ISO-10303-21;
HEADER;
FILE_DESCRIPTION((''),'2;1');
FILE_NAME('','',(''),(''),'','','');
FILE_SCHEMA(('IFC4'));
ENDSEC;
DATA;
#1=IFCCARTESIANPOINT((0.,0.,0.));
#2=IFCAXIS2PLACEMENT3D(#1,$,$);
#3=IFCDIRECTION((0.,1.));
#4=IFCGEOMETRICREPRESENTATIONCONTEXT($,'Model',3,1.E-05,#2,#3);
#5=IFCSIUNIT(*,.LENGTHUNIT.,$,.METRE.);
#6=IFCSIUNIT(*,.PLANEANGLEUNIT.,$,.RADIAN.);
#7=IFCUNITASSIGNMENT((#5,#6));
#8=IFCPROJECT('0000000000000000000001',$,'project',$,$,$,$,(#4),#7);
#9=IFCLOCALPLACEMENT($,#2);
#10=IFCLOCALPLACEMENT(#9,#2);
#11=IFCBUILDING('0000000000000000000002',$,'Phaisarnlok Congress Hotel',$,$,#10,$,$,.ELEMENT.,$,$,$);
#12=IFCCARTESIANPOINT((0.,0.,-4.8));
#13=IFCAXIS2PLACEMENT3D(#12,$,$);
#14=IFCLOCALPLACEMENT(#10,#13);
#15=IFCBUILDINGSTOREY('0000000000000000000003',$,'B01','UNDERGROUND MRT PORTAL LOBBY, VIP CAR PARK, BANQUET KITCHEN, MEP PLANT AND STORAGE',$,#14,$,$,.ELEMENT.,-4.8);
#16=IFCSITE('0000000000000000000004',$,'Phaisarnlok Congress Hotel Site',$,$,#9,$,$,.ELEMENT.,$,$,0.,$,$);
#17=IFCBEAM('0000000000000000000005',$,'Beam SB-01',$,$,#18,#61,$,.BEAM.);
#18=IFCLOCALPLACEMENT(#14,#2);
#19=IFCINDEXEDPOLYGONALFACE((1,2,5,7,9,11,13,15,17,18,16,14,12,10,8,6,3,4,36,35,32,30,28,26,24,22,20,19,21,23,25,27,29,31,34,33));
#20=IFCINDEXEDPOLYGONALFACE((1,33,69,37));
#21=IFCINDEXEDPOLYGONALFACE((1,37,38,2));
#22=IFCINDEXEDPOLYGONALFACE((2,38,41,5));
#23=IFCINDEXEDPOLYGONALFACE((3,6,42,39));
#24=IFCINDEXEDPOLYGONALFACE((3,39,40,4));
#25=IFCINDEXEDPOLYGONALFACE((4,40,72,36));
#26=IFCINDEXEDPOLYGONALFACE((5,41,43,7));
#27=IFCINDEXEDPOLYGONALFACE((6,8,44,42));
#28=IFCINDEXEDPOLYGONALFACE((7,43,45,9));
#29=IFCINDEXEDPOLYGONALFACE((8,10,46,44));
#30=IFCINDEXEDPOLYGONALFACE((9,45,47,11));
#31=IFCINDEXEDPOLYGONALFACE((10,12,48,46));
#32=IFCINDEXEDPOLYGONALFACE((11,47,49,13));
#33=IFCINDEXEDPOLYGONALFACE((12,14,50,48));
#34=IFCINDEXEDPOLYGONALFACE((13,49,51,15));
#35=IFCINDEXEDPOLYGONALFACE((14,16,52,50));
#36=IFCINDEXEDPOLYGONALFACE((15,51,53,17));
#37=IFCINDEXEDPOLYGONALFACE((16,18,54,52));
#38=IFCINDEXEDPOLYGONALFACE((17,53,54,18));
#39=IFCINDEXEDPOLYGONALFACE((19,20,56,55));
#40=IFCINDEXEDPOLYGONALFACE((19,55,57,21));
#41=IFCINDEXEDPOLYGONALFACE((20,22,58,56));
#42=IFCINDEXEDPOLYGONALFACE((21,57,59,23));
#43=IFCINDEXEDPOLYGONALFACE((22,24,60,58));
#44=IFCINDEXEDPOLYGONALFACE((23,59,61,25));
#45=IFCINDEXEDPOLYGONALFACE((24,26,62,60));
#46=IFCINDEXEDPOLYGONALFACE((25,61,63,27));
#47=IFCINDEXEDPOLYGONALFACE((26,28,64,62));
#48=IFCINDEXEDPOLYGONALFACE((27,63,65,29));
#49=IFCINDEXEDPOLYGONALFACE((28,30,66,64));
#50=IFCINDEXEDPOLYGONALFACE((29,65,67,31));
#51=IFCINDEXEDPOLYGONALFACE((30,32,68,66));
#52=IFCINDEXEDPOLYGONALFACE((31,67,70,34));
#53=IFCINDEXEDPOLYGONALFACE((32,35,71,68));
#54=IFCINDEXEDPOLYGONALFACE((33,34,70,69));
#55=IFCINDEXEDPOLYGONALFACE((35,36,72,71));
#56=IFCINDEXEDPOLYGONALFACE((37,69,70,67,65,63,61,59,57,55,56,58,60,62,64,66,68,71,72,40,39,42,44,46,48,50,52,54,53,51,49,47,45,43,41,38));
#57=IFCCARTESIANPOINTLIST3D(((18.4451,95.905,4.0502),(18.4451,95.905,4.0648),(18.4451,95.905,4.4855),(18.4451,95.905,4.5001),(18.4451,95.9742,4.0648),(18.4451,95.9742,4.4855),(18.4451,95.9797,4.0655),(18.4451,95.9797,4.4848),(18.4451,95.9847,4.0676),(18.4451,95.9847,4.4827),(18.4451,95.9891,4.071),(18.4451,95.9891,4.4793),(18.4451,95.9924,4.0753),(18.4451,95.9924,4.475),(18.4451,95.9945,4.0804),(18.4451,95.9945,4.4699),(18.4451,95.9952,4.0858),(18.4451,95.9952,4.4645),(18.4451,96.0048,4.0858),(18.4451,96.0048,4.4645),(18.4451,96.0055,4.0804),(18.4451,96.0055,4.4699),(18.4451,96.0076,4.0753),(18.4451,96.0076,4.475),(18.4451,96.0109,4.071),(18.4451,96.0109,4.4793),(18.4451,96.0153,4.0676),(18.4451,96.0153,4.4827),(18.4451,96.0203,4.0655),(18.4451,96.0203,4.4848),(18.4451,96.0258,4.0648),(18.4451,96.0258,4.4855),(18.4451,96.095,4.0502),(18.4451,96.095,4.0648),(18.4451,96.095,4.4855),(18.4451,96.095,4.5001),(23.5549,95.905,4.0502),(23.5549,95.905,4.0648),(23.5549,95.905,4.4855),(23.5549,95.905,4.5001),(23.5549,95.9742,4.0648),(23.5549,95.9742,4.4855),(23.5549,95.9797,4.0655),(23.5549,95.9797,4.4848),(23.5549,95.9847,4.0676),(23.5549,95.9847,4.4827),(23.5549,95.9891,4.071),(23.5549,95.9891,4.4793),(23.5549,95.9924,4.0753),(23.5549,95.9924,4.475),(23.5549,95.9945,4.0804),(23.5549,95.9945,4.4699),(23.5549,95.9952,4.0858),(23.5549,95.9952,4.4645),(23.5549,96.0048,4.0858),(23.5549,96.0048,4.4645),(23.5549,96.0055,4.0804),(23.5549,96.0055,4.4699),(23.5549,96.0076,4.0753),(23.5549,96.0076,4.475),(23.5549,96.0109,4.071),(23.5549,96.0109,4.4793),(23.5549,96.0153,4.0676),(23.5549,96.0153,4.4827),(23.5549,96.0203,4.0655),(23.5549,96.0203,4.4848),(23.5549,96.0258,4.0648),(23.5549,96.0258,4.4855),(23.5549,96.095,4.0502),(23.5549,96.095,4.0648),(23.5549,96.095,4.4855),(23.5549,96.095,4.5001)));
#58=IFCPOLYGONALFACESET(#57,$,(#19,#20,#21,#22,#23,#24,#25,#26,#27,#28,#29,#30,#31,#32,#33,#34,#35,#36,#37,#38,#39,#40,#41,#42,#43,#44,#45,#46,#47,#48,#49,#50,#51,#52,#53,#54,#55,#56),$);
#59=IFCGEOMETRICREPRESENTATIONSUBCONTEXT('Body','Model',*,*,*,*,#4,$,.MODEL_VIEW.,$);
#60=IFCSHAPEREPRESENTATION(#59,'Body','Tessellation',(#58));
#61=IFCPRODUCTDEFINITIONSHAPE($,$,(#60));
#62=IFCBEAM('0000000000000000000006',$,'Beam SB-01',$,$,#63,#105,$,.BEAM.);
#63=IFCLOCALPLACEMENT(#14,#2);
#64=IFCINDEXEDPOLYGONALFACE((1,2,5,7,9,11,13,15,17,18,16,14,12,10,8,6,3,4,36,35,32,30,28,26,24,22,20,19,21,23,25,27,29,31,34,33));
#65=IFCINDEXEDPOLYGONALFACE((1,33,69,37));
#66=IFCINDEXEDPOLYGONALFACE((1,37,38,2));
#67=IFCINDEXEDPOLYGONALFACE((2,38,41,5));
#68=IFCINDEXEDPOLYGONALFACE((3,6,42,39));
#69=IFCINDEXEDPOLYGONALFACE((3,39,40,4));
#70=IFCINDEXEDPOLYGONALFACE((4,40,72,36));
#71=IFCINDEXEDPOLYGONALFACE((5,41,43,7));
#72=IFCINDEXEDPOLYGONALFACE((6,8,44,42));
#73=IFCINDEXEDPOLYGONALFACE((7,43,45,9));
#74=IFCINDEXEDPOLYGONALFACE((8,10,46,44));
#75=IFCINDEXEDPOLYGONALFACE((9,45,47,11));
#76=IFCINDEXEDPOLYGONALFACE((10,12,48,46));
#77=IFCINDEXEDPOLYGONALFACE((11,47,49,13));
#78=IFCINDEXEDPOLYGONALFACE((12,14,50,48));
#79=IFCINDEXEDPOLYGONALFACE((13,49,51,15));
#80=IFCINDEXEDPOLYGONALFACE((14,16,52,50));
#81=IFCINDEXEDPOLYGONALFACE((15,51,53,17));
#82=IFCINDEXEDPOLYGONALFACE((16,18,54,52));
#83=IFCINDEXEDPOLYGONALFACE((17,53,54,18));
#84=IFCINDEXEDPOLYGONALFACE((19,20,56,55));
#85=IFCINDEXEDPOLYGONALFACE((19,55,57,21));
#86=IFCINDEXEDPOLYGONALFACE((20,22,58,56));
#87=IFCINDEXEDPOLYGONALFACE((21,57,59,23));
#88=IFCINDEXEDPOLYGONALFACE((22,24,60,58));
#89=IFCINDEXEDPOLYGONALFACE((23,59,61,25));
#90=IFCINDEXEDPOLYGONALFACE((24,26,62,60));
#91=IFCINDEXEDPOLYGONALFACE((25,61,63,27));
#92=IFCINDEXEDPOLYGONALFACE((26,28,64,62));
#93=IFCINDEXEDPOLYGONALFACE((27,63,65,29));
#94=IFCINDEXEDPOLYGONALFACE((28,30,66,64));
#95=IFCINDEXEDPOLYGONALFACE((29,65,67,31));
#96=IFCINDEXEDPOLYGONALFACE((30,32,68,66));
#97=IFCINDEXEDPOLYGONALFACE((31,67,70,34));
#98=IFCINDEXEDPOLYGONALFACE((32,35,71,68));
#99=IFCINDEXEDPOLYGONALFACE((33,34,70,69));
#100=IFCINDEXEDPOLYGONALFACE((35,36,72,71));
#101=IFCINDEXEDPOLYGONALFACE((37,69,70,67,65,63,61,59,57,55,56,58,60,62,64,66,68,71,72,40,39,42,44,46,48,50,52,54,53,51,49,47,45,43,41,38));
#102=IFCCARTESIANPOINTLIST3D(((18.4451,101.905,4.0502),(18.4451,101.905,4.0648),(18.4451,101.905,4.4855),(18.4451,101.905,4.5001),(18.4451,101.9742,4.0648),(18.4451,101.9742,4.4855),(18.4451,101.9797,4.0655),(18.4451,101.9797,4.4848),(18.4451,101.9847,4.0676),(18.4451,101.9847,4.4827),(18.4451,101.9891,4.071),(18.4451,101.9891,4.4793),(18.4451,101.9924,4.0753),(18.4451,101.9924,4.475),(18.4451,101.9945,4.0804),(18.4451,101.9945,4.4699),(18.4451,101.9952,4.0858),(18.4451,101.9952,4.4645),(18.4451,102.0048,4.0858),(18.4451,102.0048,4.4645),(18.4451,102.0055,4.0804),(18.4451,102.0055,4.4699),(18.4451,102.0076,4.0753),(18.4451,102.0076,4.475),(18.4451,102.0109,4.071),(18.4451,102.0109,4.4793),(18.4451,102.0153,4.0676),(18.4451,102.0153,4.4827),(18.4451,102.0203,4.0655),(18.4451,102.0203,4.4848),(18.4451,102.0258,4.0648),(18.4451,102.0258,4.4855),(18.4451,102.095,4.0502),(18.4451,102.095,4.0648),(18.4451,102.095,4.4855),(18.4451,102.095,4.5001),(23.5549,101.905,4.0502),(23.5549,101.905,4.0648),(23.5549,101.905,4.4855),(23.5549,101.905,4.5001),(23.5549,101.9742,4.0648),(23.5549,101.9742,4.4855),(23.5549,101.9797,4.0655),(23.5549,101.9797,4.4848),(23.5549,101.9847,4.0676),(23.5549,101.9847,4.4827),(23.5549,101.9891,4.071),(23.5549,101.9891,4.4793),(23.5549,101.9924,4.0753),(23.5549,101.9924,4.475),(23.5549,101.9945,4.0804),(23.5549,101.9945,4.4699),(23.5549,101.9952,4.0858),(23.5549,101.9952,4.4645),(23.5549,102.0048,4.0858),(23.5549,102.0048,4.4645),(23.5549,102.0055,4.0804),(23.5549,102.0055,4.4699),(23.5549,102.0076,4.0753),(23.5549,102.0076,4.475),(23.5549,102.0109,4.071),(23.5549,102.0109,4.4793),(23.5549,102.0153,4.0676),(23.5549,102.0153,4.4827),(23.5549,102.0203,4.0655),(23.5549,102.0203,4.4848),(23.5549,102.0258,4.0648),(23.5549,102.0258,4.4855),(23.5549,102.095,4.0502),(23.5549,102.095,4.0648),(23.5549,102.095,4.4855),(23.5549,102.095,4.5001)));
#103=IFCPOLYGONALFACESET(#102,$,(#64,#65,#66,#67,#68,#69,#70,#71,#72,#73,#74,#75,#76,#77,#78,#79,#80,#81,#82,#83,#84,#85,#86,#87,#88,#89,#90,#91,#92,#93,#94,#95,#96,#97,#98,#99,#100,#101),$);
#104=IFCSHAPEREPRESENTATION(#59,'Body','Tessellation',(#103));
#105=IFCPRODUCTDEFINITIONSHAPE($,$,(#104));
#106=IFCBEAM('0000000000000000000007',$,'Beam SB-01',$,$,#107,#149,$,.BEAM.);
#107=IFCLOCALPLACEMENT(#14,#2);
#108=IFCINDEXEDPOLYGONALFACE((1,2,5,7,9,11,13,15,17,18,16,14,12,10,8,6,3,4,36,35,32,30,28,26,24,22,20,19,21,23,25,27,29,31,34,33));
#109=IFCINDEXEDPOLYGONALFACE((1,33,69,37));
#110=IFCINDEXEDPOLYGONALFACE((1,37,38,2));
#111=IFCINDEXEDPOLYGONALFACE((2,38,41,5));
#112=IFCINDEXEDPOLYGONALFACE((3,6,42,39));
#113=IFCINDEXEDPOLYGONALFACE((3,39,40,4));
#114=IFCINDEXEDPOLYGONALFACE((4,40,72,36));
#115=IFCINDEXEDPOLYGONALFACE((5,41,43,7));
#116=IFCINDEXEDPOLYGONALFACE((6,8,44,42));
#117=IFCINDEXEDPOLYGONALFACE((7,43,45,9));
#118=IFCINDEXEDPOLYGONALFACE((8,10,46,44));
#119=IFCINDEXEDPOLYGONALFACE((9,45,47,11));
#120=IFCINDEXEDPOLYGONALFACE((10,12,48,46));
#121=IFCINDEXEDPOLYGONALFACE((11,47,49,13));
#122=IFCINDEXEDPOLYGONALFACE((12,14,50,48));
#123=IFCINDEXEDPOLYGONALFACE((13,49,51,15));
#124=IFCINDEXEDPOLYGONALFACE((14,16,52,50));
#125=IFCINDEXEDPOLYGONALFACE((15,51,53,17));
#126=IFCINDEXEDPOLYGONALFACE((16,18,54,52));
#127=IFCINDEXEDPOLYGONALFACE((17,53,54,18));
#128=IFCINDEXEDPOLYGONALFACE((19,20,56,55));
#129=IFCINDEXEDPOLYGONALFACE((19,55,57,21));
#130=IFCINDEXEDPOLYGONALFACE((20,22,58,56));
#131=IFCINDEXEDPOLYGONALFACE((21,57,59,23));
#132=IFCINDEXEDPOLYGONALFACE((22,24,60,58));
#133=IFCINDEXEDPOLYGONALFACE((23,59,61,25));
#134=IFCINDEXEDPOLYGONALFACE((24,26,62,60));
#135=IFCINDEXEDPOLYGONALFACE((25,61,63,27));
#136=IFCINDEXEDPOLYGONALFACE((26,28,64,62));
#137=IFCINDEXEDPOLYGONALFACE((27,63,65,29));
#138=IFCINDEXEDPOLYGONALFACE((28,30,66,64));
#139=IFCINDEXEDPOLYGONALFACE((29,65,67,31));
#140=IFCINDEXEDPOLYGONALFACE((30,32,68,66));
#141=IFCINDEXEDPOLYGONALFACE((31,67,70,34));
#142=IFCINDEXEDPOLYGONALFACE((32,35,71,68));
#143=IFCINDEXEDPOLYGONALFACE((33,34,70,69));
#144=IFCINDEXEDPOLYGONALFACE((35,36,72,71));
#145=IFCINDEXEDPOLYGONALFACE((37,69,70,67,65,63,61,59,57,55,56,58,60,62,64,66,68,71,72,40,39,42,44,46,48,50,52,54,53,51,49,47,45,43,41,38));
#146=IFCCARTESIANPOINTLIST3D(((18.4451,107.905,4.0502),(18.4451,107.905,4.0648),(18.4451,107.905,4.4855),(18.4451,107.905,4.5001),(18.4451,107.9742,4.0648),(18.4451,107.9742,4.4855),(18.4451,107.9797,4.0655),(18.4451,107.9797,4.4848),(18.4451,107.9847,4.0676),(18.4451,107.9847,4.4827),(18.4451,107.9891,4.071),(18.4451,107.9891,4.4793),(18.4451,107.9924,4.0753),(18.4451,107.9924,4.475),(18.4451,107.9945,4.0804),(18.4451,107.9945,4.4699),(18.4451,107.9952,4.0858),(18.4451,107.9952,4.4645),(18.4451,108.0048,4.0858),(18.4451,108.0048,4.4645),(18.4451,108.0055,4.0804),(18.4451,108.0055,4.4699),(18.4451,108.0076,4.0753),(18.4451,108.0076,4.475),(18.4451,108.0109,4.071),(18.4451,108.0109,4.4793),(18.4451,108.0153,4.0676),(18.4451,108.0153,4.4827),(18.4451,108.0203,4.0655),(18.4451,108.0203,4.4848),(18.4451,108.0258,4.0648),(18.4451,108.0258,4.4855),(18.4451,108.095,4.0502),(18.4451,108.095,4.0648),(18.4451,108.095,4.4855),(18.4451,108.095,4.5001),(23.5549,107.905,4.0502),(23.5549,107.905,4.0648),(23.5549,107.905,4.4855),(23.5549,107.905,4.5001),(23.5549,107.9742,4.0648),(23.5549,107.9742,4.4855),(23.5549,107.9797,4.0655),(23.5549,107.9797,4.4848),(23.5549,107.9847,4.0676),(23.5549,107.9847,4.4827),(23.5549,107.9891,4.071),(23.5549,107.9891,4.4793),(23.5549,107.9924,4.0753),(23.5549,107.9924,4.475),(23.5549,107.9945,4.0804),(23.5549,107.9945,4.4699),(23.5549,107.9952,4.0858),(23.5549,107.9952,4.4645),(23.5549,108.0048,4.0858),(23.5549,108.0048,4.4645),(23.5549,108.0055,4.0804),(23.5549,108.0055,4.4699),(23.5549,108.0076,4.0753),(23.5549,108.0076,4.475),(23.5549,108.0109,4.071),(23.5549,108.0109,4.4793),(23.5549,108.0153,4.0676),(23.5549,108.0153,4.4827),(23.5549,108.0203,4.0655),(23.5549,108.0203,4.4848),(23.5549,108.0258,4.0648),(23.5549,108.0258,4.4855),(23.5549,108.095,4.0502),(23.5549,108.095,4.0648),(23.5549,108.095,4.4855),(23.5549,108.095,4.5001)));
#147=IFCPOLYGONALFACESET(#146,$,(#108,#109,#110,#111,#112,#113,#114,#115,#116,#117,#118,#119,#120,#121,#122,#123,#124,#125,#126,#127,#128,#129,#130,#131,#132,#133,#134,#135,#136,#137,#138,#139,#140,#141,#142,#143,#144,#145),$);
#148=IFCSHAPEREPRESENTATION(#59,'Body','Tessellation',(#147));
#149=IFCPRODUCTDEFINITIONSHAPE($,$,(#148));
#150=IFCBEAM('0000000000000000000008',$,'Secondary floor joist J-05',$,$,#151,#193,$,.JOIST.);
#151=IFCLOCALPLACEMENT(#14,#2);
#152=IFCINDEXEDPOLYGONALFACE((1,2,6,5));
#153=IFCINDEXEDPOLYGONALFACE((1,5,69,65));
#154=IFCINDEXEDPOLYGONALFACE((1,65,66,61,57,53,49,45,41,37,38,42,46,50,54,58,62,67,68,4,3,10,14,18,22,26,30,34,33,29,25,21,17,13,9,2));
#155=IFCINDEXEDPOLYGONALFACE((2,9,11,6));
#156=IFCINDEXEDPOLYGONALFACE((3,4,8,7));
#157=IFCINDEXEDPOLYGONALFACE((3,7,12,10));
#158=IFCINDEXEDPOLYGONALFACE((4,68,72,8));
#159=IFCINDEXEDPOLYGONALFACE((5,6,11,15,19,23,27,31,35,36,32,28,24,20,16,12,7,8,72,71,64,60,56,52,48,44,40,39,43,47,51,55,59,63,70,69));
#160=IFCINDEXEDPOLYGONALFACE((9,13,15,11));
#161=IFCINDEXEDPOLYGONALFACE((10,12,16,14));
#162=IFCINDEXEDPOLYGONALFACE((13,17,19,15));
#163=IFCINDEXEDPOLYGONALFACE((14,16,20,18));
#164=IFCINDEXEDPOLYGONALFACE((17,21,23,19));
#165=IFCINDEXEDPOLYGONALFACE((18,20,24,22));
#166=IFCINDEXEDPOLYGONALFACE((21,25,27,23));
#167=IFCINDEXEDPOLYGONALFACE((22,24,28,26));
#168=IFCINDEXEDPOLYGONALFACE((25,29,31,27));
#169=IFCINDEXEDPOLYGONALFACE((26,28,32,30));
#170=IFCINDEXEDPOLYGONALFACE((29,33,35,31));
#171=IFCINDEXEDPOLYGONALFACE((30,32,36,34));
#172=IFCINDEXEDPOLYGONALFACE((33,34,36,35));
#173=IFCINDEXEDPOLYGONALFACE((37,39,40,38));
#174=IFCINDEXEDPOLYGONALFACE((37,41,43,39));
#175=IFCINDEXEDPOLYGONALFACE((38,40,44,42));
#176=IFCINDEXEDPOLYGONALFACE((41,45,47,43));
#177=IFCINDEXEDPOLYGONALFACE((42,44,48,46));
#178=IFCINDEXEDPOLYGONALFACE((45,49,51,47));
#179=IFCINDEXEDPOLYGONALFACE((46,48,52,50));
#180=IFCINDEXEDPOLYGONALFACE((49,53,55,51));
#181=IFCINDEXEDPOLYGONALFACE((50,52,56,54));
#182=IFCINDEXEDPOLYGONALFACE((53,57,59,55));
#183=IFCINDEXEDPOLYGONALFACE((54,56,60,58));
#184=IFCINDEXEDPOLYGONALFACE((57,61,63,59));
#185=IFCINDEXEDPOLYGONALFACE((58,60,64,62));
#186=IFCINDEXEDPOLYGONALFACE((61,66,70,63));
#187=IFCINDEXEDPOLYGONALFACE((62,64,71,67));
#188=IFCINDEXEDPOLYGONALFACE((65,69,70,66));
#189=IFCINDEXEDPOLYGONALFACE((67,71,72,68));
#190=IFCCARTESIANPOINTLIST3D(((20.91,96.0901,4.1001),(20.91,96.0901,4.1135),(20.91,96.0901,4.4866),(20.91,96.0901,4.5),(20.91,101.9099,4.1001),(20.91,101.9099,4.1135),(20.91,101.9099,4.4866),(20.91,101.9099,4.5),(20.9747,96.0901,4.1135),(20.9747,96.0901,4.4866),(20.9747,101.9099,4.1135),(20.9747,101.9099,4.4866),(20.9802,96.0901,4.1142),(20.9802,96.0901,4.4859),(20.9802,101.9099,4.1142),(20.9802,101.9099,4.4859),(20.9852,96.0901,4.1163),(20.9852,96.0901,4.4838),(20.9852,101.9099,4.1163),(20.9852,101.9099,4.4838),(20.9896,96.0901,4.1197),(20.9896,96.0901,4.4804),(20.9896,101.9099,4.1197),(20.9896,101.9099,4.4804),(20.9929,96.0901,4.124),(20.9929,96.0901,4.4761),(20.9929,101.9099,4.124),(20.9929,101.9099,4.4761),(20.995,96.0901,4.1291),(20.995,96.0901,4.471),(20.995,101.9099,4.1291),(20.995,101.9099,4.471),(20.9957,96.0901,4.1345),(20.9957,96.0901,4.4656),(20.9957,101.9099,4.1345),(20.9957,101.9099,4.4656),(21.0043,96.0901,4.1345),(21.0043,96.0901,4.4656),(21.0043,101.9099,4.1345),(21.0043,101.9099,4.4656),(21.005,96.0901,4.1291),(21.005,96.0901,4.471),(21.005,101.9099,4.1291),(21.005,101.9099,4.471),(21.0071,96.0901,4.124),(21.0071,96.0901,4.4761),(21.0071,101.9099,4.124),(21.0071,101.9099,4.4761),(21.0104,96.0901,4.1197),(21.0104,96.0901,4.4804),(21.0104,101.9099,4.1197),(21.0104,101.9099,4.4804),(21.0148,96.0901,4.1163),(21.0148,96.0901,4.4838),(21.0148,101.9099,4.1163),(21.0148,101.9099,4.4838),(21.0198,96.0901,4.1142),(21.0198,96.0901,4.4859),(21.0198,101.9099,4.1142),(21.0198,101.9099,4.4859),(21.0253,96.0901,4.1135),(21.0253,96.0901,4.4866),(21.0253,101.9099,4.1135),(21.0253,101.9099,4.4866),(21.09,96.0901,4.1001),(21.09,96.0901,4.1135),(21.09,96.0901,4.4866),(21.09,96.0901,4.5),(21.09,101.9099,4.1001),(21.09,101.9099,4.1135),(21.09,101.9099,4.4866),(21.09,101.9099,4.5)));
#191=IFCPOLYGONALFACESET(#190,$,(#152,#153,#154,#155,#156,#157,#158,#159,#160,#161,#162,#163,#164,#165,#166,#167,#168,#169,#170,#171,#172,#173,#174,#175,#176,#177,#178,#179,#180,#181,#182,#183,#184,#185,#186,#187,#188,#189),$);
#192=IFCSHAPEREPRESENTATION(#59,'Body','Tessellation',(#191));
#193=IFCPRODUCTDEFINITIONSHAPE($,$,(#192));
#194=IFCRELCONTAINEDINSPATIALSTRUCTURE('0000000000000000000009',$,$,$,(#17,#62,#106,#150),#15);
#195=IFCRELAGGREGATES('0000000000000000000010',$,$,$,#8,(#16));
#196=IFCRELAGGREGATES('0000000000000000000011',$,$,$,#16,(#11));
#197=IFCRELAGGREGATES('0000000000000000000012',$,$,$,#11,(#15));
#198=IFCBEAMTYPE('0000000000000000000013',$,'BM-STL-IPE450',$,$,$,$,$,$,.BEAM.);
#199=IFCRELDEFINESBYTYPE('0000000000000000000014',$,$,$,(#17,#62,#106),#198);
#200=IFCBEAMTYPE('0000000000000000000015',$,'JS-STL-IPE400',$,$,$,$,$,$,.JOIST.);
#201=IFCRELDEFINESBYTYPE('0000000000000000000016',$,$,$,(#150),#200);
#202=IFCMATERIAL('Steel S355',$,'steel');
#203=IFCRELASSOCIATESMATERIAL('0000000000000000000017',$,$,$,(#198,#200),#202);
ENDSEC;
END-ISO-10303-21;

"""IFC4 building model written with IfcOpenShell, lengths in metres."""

from ifc_helpers import new_model, si_unit, direction, frame, origin, origin_2d, place, context, subcontext, project, spatial, i_section, extrude, material, material_profile, profile_set, type_object, element, save


model = new_model("IFC4")

# Units and contexts
model_context = context("Model", 3, precision=1e-05, world=origin(), true_north=direction((0.0, 1.0)))
body_context = subcontext(model_context, "Body", "Model", "MODEL_VIEW")
ifc_project = project(units=[si_unit("LENGTHUNIT", "METRE"), si_unit("PLANEANGLEUNIT", "RADIAN")], contexts=[model_context])

# Site, building, storey
site_placement = place(None, origin())
site = spatial("IfcSite", under=ifc_project, at=site_placement, Name="Phaisarnlok Congress Hotel Site", CompositionType="ELEMENT", RefElevation=0.0)
building_placement = place(site_placement, origin())
building = spatial("IfcBuilding", under=site, at=building_placement, Name="Phaisarnlok Congress Hotel", CompositionType="ELEMENT")
storey_placement = place(building_placement, frame((0.0, 0.0, -4.8)))
storey = spatial("IfcBuildingStorey", under=building, at=storey_placement, Name="B01", Description="UNDERGROUND MRT PORTAL LOBBY, VIP CAR PARK, BANQUET KITCHEN, MEP PLANT AND STORAGE", CompositionType="ELEMENT", Elevation=-4.8)

# Beams
ifc_material_1 = material(Name="Steel S355", Category="steel")
ifc_material_profile_1 = material_profile(ifc_material_1, i_section(OverallWidth=0.1899, OverallDepth=0.45, WebThickness=0.0095, FlangeThickness=0.0146, FilletRadius=0.021, at=origin_2d()), Name="IPE 450")
ifc_profile_set_1 = profile_set([ifc_material_profile_1], Name="Steel S355")
beam_type_1 = type_object("IfcBeamType", Name="BM-STL-IPE450", PredefinedType="BEAM", material=ifc_profile_set_1)
for number, where, z_axis, x_axis, name in (
    (1, (18.4451, 96.0, 4.2751), (1.0, 0.0, 0.0), (0.0, 1.0, 0.0), "Beam SB-01"),
    (2, (18.4451, 102.0, 4.2751), (1.0, 0.0, 0.0), (0.0, 1.0, 0.0), "Beam SB-01"),
    (3, (18.4451, 108.0, 4.2751), (1.0, 0.0, 0.0), (0.0, 1.0, 0.0), "Beam SB-01"),
):
    element("IfcBeam", number, at=place(storey_placement, frame(where, z_axis=z_axis, x_axis=x_axis)), inside=storey, type_object=beam_type_1, Name=name, PredefinedType="BEAM", context=body_context, shape_type="SweptSolid", body=[
        extrude(i_section(OverallWidth=0.1899, OverallDepth=0.45, WebThickness=0.0095, FlangeThickness=0.0146, FilletRadius=0.021, at=origin_2d()), origin(), (0.0, 0.0, 1.0), 5.1099),
    ])
ifc_material_profile_2 = material_profile(ifc_material_1, i_section(OverallWidth=0.1799, OverallDepth=0.3999, WebThickness=0.0085, FlangeThickness=0.0134, FilletRadius=0.021, at=origin_2d()), Name="IPE 400")
ifc_profile_set_2 = profile_set([ifc_material_profile_2], Name="Steel S355")
beam_type_2 = type_object("IfcBeamType", Name="JS-STL-IPE400", PredefinedType="JOIST", material=ifc_profile_set_2)
for number, where, z_axis, x_axis, name in (
    (4, (21.0, 96.0901, 4.3), (0.0, 1.0, 0.0), (-1.0, 0.0, 0.0), "Secondary floor joist J-05"),
):
    element("IfcBeam", number, at=place(storey_placement, frame(where, z_axis=z_axis, x_axis=x_axis)), inside=storey, type_object=beam_type_2, Name=name, PredefinedType="JOIST", context=body_context, shape_type="SweptSolid", body=[
        extrude(i_section(OverallWidth=0.1799, OverallDepth=0.3999, WebThickness=0.0085, FlangeThickness=0.0134, FilletRadius=0.021, at=origin_2d()), origin(), (0.0, 0.0, 1.0), 5.8198),
    ])

save(model, "model.ifc")
